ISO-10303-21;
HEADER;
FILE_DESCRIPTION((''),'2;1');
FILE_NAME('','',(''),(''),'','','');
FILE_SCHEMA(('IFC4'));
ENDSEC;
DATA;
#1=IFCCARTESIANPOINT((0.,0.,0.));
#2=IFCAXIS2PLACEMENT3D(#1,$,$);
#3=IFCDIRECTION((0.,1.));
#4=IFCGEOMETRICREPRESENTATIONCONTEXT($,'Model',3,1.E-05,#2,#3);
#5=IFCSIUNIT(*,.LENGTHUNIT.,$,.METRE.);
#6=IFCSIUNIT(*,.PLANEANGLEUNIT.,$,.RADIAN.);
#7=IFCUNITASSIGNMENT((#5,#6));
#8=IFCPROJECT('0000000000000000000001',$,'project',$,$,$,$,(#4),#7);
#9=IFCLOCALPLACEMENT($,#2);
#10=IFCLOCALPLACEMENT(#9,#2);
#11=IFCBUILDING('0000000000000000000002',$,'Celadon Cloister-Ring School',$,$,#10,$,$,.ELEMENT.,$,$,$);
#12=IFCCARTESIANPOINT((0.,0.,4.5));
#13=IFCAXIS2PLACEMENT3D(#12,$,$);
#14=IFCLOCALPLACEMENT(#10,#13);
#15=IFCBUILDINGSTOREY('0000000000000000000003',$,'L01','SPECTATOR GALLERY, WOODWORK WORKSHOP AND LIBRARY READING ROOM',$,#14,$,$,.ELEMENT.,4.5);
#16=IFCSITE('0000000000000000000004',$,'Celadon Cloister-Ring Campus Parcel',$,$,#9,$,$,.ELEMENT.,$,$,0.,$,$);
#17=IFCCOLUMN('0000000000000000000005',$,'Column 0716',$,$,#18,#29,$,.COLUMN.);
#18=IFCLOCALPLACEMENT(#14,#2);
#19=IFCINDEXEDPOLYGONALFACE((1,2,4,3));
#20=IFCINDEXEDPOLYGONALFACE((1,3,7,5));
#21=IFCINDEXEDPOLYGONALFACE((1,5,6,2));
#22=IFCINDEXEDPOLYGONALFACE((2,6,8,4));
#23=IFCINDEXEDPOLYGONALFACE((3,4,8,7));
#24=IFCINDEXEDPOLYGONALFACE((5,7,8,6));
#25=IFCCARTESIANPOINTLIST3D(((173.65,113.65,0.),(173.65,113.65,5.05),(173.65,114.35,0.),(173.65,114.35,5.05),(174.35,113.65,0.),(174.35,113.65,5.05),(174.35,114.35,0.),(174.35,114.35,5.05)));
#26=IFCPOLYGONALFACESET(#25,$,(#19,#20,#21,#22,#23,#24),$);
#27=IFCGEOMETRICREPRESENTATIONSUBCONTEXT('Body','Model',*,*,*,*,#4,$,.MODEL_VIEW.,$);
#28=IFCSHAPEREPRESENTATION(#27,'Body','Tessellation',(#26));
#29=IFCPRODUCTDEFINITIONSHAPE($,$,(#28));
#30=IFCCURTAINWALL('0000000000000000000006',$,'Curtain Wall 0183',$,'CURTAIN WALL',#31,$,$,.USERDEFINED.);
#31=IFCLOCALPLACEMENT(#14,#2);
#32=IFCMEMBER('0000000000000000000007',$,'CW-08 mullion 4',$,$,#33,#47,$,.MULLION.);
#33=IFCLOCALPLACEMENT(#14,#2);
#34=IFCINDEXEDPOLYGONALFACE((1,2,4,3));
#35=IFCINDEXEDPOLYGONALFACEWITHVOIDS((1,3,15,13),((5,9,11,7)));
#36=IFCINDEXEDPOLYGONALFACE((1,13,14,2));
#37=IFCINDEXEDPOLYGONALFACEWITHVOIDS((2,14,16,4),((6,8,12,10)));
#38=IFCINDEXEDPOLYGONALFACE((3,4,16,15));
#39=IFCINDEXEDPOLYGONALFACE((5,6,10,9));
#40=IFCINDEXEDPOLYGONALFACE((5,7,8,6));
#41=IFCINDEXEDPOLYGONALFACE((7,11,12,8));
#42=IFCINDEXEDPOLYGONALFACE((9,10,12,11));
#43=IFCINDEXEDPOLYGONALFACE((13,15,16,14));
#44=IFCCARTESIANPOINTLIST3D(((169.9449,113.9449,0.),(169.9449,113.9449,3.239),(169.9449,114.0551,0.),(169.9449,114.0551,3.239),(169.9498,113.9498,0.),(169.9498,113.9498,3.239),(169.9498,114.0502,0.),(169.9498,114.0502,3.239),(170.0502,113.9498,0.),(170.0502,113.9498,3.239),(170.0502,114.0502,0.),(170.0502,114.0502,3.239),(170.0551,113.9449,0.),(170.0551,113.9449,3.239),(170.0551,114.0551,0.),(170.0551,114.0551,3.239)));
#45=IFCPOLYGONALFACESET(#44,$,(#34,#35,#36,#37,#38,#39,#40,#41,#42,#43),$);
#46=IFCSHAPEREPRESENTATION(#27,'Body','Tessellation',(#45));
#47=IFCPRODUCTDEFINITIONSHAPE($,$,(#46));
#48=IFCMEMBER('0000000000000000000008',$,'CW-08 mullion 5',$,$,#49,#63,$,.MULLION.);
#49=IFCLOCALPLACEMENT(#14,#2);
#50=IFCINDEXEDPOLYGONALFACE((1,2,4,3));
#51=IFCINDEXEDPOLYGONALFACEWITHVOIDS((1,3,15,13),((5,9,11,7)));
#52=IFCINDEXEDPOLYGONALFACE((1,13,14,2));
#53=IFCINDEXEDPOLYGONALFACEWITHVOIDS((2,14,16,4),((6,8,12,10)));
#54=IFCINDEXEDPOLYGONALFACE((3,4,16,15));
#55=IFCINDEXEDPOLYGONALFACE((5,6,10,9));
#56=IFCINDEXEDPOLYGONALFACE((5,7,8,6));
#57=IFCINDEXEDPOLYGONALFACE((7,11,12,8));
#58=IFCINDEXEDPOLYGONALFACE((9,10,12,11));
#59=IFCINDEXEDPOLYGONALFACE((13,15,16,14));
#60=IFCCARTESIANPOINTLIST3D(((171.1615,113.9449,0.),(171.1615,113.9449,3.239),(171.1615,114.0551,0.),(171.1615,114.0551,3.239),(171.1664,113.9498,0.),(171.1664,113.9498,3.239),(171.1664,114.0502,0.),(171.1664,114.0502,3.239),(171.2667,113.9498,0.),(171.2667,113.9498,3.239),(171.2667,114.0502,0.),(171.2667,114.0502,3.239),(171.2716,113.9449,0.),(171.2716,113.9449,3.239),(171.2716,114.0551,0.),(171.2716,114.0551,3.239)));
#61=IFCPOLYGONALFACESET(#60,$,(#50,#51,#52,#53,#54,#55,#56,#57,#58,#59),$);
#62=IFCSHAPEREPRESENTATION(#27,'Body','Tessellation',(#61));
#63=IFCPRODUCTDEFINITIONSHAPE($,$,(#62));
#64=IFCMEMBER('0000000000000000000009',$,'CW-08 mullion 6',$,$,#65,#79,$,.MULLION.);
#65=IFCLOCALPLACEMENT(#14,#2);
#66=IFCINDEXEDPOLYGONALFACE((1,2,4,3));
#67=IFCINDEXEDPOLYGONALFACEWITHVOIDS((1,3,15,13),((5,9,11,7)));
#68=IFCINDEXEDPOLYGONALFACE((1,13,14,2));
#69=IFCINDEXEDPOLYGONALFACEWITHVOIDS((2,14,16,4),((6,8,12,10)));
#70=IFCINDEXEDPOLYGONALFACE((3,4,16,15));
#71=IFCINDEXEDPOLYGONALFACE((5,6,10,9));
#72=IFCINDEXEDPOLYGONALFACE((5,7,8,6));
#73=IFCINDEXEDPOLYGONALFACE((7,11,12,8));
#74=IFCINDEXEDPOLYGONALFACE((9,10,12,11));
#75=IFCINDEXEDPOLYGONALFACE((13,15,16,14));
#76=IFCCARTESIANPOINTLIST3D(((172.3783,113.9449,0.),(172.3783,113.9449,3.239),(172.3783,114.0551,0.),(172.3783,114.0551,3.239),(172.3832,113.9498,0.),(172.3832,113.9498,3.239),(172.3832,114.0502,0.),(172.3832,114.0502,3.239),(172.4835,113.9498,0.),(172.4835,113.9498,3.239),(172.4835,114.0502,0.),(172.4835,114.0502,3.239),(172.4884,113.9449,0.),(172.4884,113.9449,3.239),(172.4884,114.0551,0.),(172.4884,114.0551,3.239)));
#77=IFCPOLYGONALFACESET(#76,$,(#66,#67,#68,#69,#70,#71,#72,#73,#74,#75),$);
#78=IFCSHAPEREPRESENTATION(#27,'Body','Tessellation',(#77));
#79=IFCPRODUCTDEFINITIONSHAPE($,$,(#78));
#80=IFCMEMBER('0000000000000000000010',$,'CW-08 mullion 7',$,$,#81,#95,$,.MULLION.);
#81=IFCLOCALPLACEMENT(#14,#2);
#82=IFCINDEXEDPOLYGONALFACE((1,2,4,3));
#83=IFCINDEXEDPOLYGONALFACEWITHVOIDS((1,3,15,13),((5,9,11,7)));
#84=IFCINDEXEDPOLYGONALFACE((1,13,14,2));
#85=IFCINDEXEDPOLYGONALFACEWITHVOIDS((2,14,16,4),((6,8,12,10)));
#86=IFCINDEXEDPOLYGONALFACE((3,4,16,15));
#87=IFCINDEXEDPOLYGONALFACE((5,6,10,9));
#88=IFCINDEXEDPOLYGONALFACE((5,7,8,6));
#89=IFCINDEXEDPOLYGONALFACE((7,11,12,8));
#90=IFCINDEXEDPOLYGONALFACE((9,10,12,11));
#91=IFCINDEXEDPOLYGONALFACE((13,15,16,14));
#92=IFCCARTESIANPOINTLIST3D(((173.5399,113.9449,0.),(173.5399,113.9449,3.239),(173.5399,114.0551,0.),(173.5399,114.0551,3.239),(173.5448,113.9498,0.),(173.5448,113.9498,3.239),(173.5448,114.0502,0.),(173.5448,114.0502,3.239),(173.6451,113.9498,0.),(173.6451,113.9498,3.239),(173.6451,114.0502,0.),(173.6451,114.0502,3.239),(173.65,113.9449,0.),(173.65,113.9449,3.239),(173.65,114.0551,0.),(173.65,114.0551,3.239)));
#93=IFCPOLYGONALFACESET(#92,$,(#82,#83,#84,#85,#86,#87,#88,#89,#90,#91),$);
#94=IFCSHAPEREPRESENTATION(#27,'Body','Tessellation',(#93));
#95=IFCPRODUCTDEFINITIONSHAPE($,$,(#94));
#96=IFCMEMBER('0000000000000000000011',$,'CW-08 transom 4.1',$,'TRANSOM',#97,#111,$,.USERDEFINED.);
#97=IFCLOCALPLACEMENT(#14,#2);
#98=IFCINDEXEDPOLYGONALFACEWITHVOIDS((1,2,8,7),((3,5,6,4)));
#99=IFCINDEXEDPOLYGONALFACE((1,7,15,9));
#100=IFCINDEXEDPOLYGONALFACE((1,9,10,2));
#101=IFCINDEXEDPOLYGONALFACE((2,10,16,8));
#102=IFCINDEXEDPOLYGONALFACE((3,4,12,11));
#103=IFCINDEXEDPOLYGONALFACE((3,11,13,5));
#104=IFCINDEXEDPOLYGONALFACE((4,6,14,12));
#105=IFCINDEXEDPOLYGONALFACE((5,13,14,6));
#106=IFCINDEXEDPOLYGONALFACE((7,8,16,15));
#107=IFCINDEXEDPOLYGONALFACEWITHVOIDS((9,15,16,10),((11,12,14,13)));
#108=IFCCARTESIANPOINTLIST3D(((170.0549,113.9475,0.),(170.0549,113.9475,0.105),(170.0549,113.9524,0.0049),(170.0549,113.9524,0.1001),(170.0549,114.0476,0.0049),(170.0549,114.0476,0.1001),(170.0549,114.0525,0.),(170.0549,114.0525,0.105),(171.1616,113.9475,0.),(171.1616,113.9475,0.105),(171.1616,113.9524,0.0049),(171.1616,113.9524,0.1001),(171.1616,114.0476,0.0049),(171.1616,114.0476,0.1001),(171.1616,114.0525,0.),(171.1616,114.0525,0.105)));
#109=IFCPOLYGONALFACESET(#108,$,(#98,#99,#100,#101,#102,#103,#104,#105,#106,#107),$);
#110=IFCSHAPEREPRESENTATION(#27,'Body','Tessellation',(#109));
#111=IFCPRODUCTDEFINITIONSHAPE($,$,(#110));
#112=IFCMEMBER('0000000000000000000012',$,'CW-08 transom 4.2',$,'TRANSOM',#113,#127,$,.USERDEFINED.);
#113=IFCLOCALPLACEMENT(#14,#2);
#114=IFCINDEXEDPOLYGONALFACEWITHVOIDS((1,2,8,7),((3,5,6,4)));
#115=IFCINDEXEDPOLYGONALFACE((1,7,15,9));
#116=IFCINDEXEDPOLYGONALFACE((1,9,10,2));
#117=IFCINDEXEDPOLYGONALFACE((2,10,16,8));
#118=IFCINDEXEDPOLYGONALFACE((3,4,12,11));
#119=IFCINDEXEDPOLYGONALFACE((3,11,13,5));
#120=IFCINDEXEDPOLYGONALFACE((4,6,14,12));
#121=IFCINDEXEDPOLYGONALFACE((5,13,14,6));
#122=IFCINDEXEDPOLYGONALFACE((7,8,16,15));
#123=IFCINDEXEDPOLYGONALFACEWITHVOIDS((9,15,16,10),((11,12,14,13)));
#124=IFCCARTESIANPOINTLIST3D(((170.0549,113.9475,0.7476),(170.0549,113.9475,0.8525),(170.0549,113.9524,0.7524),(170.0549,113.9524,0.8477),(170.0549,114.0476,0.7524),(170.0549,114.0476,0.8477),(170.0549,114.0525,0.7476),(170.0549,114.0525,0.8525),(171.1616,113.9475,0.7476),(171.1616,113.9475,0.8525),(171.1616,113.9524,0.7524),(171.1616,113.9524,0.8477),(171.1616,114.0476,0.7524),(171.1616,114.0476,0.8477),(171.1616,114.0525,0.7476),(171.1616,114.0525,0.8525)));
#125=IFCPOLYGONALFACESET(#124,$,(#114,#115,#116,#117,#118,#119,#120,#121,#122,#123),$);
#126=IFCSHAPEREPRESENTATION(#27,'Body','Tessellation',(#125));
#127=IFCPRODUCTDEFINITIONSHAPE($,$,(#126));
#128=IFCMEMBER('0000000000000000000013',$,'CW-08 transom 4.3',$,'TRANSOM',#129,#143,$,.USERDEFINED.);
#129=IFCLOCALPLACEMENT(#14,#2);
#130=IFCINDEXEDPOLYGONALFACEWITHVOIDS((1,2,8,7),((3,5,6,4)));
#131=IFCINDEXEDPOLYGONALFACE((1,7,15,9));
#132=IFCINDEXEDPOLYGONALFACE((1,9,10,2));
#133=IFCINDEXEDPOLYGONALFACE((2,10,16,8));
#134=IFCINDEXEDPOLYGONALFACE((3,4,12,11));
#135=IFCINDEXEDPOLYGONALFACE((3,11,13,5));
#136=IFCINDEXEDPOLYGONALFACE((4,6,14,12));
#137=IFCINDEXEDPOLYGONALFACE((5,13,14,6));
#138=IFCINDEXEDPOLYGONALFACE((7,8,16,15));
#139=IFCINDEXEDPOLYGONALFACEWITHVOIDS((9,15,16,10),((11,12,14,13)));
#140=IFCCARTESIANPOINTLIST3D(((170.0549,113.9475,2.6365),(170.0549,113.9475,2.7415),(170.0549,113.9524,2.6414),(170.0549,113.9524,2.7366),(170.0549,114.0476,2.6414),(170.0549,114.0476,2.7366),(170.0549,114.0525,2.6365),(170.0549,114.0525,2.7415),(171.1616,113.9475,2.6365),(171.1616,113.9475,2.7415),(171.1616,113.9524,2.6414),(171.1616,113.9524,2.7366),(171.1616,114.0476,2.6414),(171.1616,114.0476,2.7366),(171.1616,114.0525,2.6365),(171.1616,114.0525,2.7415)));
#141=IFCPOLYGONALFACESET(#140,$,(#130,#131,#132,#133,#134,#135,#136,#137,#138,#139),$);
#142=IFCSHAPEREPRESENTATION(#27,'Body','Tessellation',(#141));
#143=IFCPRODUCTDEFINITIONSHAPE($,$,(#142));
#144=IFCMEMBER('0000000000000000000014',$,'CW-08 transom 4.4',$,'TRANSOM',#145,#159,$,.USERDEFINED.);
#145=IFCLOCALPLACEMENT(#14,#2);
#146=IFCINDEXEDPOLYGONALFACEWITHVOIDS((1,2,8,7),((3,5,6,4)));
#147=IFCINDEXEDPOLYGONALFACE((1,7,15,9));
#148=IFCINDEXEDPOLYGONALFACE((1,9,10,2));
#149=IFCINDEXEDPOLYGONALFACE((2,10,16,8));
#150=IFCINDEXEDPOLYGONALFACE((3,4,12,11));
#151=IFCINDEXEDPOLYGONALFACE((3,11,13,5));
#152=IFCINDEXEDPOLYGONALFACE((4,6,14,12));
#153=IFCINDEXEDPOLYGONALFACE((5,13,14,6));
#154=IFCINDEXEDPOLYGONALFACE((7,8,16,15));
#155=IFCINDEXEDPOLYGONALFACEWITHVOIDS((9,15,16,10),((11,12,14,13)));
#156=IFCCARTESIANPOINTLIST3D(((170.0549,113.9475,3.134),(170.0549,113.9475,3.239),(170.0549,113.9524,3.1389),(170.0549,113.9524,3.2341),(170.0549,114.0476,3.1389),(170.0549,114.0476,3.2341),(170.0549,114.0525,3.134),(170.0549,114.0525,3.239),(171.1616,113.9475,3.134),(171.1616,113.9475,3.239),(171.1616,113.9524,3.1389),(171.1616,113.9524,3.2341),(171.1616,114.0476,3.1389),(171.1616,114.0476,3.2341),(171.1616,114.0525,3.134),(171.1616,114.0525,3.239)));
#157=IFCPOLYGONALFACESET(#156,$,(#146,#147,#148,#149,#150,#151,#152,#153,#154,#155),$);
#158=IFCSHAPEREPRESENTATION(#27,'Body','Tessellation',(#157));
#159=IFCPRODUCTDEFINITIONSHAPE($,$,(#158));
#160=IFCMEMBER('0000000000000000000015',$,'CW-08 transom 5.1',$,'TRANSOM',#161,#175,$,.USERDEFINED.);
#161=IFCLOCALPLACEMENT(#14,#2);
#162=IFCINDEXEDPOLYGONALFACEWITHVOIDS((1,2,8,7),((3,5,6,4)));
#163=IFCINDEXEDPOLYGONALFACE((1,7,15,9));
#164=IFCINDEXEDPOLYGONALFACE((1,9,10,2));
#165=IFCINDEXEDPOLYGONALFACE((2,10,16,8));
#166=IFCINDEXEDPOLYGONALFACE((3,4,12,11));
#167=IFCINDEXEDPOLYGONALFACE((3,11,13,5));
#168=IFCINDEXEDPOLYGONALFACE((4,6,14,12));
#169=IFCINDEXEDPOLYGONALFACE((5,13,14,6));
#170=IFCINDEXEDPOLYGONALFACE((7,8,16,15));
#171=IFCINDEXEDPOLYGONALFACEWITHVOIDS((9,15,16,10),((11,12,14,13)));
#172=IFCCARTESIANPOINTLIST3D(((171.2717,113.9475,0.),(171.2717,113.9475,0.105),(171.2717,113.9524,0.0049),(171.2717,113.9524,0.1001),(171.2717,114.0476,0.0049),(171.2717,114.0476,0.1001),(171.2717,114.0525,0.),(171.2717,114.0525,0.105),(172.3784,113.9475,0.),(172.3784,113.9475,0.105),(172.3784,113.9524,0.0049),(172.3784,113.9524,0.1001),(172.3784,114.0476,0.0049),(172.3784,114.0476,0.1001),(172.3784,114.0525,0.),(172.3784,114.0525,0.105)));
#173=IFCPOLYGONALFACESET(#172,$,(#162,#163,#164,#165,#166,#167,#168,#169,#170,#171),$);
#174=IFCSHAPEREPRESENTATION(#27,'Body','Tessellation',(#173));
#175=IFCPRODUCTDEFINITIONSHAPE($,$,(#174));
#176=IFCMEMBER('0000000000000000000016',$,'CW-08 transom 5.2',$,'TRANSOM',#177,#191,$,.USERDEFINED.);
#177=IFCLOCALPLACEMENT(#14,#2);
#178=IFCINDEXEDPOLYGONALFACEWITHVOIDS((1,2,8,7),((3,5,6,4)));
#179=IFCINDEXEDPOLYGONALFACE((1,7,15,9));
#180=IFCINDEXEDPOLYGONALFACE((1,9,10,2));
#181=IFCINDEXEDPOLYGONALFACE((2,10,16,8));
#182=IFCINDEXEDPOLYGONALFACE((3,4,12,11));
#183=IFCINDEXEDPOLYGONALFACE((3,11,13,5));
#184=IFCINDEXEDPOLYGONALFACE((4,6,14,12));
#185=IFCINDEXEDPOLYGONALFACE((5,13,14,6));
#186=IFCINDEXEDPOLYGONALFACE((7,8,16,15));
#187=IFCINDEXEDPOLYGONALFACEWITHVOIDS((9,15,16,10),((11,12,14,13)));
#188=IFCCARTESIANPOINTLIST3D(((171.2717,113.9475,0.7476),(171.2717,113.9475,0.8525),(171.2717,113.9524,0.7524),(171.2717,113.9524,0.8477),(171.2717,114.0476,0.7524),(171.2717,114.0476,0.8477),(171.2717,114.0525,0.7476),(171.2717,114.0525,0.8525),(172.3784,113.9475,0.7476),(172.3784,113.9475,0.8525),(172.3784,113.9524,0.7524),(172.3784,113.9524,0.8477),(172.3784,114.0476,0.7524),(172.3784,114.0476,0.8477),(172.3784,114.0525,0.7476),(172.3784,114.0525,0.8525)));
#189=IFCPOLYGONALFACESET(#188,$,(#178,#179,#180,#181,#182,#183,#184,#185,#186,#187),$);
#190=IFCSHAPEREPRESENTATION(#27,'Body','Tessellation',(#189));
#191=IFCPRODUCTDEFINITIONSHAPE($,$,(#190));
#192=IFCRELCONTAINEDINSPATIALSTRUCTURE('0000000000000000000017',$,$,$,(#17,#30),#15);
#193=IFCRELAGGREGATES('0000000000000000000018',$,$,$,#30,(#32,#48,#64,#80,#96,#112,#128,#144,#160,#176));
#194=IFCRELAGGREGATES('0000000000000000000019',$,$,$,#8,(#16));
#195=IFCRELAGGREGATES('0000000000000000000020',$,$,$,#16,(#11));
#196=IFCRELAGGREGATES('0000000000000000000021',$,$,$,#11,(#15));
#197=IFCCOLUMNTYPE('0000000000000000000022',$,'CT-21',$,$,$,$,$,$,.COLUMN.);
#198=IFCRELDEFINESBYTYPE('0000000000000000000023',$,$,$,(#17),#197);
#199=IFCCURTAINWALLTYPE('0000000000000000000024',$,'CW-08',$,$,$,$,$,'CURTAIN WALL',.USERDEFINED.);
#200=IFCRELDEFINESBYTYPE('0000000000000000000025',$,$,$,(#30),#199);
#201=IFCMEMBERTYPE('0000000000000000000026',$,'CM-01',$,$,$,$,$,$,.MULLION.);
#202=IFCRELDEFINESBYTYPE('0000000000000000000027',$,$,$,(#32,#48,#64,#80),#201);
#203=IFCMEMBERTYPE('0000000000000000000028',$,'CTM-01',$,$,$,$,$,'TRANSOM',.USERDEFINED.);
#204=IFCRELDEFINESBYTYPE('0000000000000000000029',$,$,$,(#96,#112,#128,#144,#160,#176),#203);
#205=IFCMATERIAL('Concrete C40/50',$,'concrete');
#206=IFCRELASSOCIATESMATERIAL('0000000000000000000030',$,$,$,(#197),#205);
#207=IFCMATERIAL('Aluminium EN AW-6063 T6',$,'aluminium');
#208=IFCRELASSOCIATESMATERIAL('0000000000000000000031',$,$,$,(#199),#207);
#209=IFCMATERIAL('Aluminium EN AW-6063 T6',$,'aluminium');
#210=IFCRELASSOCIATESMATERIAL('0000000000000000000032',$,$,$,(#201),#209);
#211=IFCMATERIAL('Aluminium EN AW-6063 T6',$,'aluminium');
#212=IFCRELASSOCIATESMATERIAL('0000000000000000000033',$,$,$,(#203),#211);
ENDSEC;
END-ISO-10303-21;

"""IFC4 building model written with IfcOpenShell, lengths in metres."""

from ifc_helpers import new_model, si_unit, direction, frame, origin, origin_2d, place, context, subcontext, project, spatial, rectangle, hollow_rectangle, extrude, material, material_profile, profile_set, type_object, element, aggregate, save


model = new_model("IFC4")

# Units and contexts
model_context = context("Model", 3, precision=1e-05, world=origin(), true_north=direction((0.0, 1.0)))
body_context = subcontext(model_context, "Body", "Model", "MODEL_VIEW")
ifc_project = project(units=[si_unit("LENGTHUNIT", "METRE"), si_unit("PLANEANGLEUNIT", "RADIAN")], contexts=[model_context])

# Site, building, storey
site_placement = place(None, origin())
site = spatial("IfcSite", under=ifc_project, at=site_placement, Name="Celadon Cloister-Ring Campus Parcel", CompositionType="ELEMENT", RefElevation=0.0)
building_placement = place(site_placement, origin())
building = spatial("IfcBuilding", under=site, at=building_placement, Name="Celadon Cloister-Ring School", CompositionType="ELEMENT")
storey_placement = place(building_placement, frame((0.0, 0.0, 4.5)))
storey = spatial("IfcBuildingStorey", under=building, at=storey_placement, Name="L01", Description="SPECTATOR GALLERY, WOODWORK WORKSHOP AND LIBRARY READING ROOM", CompositionType="ELEMENT", Elevation=4.5)

# Column
ifc_material_1 = material(Name="Concrete C40/50", Category="concrete")
ifc_material_profile_1 = material_profile(ifc_material_1, rectangle(XDim=0.7, YDim=0.7, at=origin_2d()), Name="RC700X700")
ifc_profile_set_1 = profile_set([ifc_material_profile_1], Name="Concrete C40/50")
column_type = type_object("IfcColumnType", Name="CT-21", PredefinedType="COLUMN", material=ifc_profile_set_1)
column_placement = place(storey_placement, frame((174.0, 114.0, 0.0), z_axis=(0.0, 0.0, 1.0), x_axis=(1.0, 0.0, 0.0)))
element("IfcColumn", 1, at=column_placement, inside=storey, type_object=column_type, Name="Column 0716", PredefinedType="COLUMN", context=body_context, shape_type="SweptSolid", body=[
    extrude(rectangle(XDim=0.7, YDim=0.7, at=origin_2d()), origin(), (0.0, 0.0, 1.0), 5.05),
])

# Curtain wall, members
ifc_material_2 = material(Name="Aluminium EN AW-6063 T6", Category="aluminium")
curtain_wall_type = type_object("IfcCurtainWallType", Name="CW-08", ElementType="CURTAIN WALL", PredefinedType="USERDEFINED", material=ifc_material_2)
curtain_wall_placement = place(storey_placement, origin())
curtain_wall = element("IfcCurtainWall", 2, at=curtain_wall_placement, inside=storey, type_object=curtain_wall_type, Name="Curtain Wall 0183", ObjectType="CURTAIN WALL", PredefinedType="USERDEFINED")
ifc_material_3 = material(Name="Aluminium EN AW-6063 T6", Category="aluminium")
ifc_material_profile_2 = material_profile(ifc_material_3, hollow_rectangle(XDim=0.1101, YDim=0.1101, WallThickness=0.0049, at=origin_2d()), Name="RHS110X110X5")
ifc_profile_set_2 = profile_set([ifc_material_profile_2], Name="Aluminium EN AW-6063 T6")
member_type_1 = type_object("IfcMemberType", Name="CM-01", PredefinedType="MULLION", material=ifc_profile_set_2)
member_1_placement = place(storey_placement, frame((170.0, 114.0, 0.0), z_axis=(0.0, 0.0, 1.0), x_axis=(0.0, 1.0, 0.0)))
member_1 = element("IfcMember", 3, at=member_1_placement, type_object=member_type_1, Name="CW-08 mullion 4", PredefinedType="MULLION", context=body_context, shape_type="SweptSolid", body=[
    extrude(hollow_rectangle(XDim=0.1101, YDim=0.1101, WallThickness=0.0049, at=origin_2d()), origin(), (0.0, 0.0, 1.0), 3.239),
])
member_2_placement = place(storey_placement, frame((171.2166, 114.0, 0.0), z_axis=(0.0, 0.0, 1.0), x_axis=(0.0, 1.0, 0.0)))
member_2 = element("IfcMember", 4, at=member_2_placement, type_object=member_type_1, Name="CW-08 mullion 5", PredefinedType="MULLION", context=body_context, shape_type="SweptSolid", body=[
    extrude(hollow_rectangle(XDim=0.1101, YDim=0.1101, WallThickness=0.0049, at=origin_2d()), origin(), (0.0, 0.0, 1.0), 3.239),
])
member_3_placement = place(storey_placement, frame((172.4333, 114.0, 0.0), z_axis=(0.0, 0.0, 1.0), x_axis=(0.0, 1.0, 0.0)))
member_3 = element("IfcMember", 5, at=member_3_placement, type_object=member_type_1, Name="CW-08 mullion 6", PredefinedType="MULLION", context=body_context, shape_type="SweptSolid", body=[
    extrude(hollow_rectangle(XDim=0.1101, YDim=0.1101, WallThickness=0.0049, at=origin_2d()), origin(), (0.0, 0.0, 1.0), 3.239),
])
member_4_placement = place(storey_placement, frame((173.595, 114.0, 0.0), z_axis=(0.0, 0.0, 1.0), x_axis=(0.0, 1.0, 0.0)))
member_4 = element("IfcMember", 6, at=member_4_placement, type_object=member_type_1, Name="CW-08 mullion 7", PredefinedType="MULLION", context=body_context, shape_type="SweptSolid", body=[
    extrude(hollow_rectangle(XDim=0.1101, YDim=0.1101, WallThickness=0.0049, at=origin_2d()), origin(), (0.0, 0.0, 1.0), 3.239),
])
ifc_material_4 = material(Name="Aluminium EN AW-6063 T6", Category="aluminium")
ifc_material_profile_3 = material_profile(ifc_material_4, hollow_rectangle(XDim=0.105, YDim=0.105, WallThickness=0.0049, at=origin_2d()), Name="RHS105X105X5")
ifc_profile_set_3 = profile_set([ifc_material_profile_3], Name="Aluminium EN AW-6063 T6")
member_type_2 = type_object("IfcMemberType", Name="CTM-01", ElementType="TRANSOM", PredefinedType="USERDEFINED", material=ifc_profile_set_3)
member_5_placement = place(storey_placement, frame((170.0549, 114.0, 0.0525), z_axis=(1.0, 0.0, 0.0), x_axis=(0.0, 1.0, 0.0)))
member_5 = element("IfcMember", 7, at=member_5_placement, type_object=member_type_2, Name="CW-08 transom 4.1", ObjectType="TRANSOM", PredefinedType="USERDEFINED", context=body_context, shape_type="SweptSolid", body=[
    extrude(hollow_rectangle(XDim=0.105, YDim=0.105, WallThickness=0.0049, at=origin_2d()), origin(), (0.0, 0.0, 1.0), 1.1067),
])
member_6_placement = place(storey_placement, frame((170.0549, 114.0, 0.8), z_axis=(1.0, 0.0, 0.0), x_axis=(0.0, 1.0, 0.0)))
member_6 = element("IfcMember", 8, at=member_6_placement, type_object=member_type_2, Name="CW-08 transom 4.2", ObjectType="TRANSOM", PredefinedType="USERDEFINED", context=body_context, shape_type="SweptSolid", body=[
    extrude(hollow_rectangle(XDim=0.105, YDim=0.105, WallThickness=0.0049, at=origin_2d()), origin(), (0.0, 0.0, 1.0), 1.1067),
])
member_7_placement = place(storey_placement, frame((170.0549, 114.0, 2.689), z_axis=(1.0, 0.0, 0.0), x_axis=(0.0, 1.0, 0.0)))
member_7 = element("IfcMember", 9, at=member_7_placement, type_object=member_type_2, Name="CW-08 transom 4.3", ObjectType="TRANSOM", PredefinedType="USERDEFINED", context=body_context, shape_type="SweptSolid", body=[
    extrude(hollow_rectangle(XDim=0.105, YDim=0.105, WallThickness=0.0049, at=origin_2d()), origin(), (0.0, 0.0, 1.0), 1.1067),
])
member_8_placement = place(storey_placement, frame((170.0549, 114.0, 3.1865), z_axis=(1.0, 0.0, 0.0), x_axis=(0.0, 1.0, 0.0)))
member_8 = element("IfcMember", 10, at=member_8_placement, type_object=member_type_2, Name="CW-08 transom 4.4", ObjectType="TRANSOM", PredefinedType="USERDEFINED", context=body_context, shape_type="SweptSolid", body=[
    extrude(hollow_rectangle(XDim=0.105, YDim=0.105, WallThickness=0.0049, at=origin_2d()), origin(), (0.0, 0.0, 1.0), 1.1067),
])
member_9_placement = place(storey_placement, frame((171.2717, 114.0, 0.0525), z_axis=(1.0, 0.0, 0.0), x_axis=(0.0, 1.0, 0.0)))
member_9 = element("IfcMember", 11, at=member_9_placement, type_object=member_type_2, Name="CW-08 transom 5.1", ObjectType="TRANSOM", PredefinedType="USERDEFINED", context=body_context, shape_type="SweptSolid", body=[
    extrude(hollow_rectangle(XDim=0.105, YDim=0.105, WallThickness=0.0049, at=origin_2d()), origin(), (0.0, 0.0, 1.0), 1.1067),
])
member_10_placement = place(storey_placement, frame((171.2717, 114.0, 0.8), z_axis=(1.0, 0.0, 0.0), x_axis=(0.0, 1.0, 0.0)))
member_10 = element("IfcMember", 12, at=member_10_placement, type_object=member_type_2, Name="CW-08 transom 5.2", ObjectType="TRANSOM", PredefinedType="USERDEFINED", context=body_context, shape_type="SweptSolid", body=[
    extrude(hollow_rectangle(XDim=0.105, YDim=0.105, WallThickness=0.0049, at=origin_2d()), origin(), (0.0, 0.0, 1.0), 1.1067),
])
aggregate(curtain_wall, [member_1, member_2, member_3, member_4, member_5, member_6, member_7, member_8, member_9, member_10])

save(model, "model.ifc")
